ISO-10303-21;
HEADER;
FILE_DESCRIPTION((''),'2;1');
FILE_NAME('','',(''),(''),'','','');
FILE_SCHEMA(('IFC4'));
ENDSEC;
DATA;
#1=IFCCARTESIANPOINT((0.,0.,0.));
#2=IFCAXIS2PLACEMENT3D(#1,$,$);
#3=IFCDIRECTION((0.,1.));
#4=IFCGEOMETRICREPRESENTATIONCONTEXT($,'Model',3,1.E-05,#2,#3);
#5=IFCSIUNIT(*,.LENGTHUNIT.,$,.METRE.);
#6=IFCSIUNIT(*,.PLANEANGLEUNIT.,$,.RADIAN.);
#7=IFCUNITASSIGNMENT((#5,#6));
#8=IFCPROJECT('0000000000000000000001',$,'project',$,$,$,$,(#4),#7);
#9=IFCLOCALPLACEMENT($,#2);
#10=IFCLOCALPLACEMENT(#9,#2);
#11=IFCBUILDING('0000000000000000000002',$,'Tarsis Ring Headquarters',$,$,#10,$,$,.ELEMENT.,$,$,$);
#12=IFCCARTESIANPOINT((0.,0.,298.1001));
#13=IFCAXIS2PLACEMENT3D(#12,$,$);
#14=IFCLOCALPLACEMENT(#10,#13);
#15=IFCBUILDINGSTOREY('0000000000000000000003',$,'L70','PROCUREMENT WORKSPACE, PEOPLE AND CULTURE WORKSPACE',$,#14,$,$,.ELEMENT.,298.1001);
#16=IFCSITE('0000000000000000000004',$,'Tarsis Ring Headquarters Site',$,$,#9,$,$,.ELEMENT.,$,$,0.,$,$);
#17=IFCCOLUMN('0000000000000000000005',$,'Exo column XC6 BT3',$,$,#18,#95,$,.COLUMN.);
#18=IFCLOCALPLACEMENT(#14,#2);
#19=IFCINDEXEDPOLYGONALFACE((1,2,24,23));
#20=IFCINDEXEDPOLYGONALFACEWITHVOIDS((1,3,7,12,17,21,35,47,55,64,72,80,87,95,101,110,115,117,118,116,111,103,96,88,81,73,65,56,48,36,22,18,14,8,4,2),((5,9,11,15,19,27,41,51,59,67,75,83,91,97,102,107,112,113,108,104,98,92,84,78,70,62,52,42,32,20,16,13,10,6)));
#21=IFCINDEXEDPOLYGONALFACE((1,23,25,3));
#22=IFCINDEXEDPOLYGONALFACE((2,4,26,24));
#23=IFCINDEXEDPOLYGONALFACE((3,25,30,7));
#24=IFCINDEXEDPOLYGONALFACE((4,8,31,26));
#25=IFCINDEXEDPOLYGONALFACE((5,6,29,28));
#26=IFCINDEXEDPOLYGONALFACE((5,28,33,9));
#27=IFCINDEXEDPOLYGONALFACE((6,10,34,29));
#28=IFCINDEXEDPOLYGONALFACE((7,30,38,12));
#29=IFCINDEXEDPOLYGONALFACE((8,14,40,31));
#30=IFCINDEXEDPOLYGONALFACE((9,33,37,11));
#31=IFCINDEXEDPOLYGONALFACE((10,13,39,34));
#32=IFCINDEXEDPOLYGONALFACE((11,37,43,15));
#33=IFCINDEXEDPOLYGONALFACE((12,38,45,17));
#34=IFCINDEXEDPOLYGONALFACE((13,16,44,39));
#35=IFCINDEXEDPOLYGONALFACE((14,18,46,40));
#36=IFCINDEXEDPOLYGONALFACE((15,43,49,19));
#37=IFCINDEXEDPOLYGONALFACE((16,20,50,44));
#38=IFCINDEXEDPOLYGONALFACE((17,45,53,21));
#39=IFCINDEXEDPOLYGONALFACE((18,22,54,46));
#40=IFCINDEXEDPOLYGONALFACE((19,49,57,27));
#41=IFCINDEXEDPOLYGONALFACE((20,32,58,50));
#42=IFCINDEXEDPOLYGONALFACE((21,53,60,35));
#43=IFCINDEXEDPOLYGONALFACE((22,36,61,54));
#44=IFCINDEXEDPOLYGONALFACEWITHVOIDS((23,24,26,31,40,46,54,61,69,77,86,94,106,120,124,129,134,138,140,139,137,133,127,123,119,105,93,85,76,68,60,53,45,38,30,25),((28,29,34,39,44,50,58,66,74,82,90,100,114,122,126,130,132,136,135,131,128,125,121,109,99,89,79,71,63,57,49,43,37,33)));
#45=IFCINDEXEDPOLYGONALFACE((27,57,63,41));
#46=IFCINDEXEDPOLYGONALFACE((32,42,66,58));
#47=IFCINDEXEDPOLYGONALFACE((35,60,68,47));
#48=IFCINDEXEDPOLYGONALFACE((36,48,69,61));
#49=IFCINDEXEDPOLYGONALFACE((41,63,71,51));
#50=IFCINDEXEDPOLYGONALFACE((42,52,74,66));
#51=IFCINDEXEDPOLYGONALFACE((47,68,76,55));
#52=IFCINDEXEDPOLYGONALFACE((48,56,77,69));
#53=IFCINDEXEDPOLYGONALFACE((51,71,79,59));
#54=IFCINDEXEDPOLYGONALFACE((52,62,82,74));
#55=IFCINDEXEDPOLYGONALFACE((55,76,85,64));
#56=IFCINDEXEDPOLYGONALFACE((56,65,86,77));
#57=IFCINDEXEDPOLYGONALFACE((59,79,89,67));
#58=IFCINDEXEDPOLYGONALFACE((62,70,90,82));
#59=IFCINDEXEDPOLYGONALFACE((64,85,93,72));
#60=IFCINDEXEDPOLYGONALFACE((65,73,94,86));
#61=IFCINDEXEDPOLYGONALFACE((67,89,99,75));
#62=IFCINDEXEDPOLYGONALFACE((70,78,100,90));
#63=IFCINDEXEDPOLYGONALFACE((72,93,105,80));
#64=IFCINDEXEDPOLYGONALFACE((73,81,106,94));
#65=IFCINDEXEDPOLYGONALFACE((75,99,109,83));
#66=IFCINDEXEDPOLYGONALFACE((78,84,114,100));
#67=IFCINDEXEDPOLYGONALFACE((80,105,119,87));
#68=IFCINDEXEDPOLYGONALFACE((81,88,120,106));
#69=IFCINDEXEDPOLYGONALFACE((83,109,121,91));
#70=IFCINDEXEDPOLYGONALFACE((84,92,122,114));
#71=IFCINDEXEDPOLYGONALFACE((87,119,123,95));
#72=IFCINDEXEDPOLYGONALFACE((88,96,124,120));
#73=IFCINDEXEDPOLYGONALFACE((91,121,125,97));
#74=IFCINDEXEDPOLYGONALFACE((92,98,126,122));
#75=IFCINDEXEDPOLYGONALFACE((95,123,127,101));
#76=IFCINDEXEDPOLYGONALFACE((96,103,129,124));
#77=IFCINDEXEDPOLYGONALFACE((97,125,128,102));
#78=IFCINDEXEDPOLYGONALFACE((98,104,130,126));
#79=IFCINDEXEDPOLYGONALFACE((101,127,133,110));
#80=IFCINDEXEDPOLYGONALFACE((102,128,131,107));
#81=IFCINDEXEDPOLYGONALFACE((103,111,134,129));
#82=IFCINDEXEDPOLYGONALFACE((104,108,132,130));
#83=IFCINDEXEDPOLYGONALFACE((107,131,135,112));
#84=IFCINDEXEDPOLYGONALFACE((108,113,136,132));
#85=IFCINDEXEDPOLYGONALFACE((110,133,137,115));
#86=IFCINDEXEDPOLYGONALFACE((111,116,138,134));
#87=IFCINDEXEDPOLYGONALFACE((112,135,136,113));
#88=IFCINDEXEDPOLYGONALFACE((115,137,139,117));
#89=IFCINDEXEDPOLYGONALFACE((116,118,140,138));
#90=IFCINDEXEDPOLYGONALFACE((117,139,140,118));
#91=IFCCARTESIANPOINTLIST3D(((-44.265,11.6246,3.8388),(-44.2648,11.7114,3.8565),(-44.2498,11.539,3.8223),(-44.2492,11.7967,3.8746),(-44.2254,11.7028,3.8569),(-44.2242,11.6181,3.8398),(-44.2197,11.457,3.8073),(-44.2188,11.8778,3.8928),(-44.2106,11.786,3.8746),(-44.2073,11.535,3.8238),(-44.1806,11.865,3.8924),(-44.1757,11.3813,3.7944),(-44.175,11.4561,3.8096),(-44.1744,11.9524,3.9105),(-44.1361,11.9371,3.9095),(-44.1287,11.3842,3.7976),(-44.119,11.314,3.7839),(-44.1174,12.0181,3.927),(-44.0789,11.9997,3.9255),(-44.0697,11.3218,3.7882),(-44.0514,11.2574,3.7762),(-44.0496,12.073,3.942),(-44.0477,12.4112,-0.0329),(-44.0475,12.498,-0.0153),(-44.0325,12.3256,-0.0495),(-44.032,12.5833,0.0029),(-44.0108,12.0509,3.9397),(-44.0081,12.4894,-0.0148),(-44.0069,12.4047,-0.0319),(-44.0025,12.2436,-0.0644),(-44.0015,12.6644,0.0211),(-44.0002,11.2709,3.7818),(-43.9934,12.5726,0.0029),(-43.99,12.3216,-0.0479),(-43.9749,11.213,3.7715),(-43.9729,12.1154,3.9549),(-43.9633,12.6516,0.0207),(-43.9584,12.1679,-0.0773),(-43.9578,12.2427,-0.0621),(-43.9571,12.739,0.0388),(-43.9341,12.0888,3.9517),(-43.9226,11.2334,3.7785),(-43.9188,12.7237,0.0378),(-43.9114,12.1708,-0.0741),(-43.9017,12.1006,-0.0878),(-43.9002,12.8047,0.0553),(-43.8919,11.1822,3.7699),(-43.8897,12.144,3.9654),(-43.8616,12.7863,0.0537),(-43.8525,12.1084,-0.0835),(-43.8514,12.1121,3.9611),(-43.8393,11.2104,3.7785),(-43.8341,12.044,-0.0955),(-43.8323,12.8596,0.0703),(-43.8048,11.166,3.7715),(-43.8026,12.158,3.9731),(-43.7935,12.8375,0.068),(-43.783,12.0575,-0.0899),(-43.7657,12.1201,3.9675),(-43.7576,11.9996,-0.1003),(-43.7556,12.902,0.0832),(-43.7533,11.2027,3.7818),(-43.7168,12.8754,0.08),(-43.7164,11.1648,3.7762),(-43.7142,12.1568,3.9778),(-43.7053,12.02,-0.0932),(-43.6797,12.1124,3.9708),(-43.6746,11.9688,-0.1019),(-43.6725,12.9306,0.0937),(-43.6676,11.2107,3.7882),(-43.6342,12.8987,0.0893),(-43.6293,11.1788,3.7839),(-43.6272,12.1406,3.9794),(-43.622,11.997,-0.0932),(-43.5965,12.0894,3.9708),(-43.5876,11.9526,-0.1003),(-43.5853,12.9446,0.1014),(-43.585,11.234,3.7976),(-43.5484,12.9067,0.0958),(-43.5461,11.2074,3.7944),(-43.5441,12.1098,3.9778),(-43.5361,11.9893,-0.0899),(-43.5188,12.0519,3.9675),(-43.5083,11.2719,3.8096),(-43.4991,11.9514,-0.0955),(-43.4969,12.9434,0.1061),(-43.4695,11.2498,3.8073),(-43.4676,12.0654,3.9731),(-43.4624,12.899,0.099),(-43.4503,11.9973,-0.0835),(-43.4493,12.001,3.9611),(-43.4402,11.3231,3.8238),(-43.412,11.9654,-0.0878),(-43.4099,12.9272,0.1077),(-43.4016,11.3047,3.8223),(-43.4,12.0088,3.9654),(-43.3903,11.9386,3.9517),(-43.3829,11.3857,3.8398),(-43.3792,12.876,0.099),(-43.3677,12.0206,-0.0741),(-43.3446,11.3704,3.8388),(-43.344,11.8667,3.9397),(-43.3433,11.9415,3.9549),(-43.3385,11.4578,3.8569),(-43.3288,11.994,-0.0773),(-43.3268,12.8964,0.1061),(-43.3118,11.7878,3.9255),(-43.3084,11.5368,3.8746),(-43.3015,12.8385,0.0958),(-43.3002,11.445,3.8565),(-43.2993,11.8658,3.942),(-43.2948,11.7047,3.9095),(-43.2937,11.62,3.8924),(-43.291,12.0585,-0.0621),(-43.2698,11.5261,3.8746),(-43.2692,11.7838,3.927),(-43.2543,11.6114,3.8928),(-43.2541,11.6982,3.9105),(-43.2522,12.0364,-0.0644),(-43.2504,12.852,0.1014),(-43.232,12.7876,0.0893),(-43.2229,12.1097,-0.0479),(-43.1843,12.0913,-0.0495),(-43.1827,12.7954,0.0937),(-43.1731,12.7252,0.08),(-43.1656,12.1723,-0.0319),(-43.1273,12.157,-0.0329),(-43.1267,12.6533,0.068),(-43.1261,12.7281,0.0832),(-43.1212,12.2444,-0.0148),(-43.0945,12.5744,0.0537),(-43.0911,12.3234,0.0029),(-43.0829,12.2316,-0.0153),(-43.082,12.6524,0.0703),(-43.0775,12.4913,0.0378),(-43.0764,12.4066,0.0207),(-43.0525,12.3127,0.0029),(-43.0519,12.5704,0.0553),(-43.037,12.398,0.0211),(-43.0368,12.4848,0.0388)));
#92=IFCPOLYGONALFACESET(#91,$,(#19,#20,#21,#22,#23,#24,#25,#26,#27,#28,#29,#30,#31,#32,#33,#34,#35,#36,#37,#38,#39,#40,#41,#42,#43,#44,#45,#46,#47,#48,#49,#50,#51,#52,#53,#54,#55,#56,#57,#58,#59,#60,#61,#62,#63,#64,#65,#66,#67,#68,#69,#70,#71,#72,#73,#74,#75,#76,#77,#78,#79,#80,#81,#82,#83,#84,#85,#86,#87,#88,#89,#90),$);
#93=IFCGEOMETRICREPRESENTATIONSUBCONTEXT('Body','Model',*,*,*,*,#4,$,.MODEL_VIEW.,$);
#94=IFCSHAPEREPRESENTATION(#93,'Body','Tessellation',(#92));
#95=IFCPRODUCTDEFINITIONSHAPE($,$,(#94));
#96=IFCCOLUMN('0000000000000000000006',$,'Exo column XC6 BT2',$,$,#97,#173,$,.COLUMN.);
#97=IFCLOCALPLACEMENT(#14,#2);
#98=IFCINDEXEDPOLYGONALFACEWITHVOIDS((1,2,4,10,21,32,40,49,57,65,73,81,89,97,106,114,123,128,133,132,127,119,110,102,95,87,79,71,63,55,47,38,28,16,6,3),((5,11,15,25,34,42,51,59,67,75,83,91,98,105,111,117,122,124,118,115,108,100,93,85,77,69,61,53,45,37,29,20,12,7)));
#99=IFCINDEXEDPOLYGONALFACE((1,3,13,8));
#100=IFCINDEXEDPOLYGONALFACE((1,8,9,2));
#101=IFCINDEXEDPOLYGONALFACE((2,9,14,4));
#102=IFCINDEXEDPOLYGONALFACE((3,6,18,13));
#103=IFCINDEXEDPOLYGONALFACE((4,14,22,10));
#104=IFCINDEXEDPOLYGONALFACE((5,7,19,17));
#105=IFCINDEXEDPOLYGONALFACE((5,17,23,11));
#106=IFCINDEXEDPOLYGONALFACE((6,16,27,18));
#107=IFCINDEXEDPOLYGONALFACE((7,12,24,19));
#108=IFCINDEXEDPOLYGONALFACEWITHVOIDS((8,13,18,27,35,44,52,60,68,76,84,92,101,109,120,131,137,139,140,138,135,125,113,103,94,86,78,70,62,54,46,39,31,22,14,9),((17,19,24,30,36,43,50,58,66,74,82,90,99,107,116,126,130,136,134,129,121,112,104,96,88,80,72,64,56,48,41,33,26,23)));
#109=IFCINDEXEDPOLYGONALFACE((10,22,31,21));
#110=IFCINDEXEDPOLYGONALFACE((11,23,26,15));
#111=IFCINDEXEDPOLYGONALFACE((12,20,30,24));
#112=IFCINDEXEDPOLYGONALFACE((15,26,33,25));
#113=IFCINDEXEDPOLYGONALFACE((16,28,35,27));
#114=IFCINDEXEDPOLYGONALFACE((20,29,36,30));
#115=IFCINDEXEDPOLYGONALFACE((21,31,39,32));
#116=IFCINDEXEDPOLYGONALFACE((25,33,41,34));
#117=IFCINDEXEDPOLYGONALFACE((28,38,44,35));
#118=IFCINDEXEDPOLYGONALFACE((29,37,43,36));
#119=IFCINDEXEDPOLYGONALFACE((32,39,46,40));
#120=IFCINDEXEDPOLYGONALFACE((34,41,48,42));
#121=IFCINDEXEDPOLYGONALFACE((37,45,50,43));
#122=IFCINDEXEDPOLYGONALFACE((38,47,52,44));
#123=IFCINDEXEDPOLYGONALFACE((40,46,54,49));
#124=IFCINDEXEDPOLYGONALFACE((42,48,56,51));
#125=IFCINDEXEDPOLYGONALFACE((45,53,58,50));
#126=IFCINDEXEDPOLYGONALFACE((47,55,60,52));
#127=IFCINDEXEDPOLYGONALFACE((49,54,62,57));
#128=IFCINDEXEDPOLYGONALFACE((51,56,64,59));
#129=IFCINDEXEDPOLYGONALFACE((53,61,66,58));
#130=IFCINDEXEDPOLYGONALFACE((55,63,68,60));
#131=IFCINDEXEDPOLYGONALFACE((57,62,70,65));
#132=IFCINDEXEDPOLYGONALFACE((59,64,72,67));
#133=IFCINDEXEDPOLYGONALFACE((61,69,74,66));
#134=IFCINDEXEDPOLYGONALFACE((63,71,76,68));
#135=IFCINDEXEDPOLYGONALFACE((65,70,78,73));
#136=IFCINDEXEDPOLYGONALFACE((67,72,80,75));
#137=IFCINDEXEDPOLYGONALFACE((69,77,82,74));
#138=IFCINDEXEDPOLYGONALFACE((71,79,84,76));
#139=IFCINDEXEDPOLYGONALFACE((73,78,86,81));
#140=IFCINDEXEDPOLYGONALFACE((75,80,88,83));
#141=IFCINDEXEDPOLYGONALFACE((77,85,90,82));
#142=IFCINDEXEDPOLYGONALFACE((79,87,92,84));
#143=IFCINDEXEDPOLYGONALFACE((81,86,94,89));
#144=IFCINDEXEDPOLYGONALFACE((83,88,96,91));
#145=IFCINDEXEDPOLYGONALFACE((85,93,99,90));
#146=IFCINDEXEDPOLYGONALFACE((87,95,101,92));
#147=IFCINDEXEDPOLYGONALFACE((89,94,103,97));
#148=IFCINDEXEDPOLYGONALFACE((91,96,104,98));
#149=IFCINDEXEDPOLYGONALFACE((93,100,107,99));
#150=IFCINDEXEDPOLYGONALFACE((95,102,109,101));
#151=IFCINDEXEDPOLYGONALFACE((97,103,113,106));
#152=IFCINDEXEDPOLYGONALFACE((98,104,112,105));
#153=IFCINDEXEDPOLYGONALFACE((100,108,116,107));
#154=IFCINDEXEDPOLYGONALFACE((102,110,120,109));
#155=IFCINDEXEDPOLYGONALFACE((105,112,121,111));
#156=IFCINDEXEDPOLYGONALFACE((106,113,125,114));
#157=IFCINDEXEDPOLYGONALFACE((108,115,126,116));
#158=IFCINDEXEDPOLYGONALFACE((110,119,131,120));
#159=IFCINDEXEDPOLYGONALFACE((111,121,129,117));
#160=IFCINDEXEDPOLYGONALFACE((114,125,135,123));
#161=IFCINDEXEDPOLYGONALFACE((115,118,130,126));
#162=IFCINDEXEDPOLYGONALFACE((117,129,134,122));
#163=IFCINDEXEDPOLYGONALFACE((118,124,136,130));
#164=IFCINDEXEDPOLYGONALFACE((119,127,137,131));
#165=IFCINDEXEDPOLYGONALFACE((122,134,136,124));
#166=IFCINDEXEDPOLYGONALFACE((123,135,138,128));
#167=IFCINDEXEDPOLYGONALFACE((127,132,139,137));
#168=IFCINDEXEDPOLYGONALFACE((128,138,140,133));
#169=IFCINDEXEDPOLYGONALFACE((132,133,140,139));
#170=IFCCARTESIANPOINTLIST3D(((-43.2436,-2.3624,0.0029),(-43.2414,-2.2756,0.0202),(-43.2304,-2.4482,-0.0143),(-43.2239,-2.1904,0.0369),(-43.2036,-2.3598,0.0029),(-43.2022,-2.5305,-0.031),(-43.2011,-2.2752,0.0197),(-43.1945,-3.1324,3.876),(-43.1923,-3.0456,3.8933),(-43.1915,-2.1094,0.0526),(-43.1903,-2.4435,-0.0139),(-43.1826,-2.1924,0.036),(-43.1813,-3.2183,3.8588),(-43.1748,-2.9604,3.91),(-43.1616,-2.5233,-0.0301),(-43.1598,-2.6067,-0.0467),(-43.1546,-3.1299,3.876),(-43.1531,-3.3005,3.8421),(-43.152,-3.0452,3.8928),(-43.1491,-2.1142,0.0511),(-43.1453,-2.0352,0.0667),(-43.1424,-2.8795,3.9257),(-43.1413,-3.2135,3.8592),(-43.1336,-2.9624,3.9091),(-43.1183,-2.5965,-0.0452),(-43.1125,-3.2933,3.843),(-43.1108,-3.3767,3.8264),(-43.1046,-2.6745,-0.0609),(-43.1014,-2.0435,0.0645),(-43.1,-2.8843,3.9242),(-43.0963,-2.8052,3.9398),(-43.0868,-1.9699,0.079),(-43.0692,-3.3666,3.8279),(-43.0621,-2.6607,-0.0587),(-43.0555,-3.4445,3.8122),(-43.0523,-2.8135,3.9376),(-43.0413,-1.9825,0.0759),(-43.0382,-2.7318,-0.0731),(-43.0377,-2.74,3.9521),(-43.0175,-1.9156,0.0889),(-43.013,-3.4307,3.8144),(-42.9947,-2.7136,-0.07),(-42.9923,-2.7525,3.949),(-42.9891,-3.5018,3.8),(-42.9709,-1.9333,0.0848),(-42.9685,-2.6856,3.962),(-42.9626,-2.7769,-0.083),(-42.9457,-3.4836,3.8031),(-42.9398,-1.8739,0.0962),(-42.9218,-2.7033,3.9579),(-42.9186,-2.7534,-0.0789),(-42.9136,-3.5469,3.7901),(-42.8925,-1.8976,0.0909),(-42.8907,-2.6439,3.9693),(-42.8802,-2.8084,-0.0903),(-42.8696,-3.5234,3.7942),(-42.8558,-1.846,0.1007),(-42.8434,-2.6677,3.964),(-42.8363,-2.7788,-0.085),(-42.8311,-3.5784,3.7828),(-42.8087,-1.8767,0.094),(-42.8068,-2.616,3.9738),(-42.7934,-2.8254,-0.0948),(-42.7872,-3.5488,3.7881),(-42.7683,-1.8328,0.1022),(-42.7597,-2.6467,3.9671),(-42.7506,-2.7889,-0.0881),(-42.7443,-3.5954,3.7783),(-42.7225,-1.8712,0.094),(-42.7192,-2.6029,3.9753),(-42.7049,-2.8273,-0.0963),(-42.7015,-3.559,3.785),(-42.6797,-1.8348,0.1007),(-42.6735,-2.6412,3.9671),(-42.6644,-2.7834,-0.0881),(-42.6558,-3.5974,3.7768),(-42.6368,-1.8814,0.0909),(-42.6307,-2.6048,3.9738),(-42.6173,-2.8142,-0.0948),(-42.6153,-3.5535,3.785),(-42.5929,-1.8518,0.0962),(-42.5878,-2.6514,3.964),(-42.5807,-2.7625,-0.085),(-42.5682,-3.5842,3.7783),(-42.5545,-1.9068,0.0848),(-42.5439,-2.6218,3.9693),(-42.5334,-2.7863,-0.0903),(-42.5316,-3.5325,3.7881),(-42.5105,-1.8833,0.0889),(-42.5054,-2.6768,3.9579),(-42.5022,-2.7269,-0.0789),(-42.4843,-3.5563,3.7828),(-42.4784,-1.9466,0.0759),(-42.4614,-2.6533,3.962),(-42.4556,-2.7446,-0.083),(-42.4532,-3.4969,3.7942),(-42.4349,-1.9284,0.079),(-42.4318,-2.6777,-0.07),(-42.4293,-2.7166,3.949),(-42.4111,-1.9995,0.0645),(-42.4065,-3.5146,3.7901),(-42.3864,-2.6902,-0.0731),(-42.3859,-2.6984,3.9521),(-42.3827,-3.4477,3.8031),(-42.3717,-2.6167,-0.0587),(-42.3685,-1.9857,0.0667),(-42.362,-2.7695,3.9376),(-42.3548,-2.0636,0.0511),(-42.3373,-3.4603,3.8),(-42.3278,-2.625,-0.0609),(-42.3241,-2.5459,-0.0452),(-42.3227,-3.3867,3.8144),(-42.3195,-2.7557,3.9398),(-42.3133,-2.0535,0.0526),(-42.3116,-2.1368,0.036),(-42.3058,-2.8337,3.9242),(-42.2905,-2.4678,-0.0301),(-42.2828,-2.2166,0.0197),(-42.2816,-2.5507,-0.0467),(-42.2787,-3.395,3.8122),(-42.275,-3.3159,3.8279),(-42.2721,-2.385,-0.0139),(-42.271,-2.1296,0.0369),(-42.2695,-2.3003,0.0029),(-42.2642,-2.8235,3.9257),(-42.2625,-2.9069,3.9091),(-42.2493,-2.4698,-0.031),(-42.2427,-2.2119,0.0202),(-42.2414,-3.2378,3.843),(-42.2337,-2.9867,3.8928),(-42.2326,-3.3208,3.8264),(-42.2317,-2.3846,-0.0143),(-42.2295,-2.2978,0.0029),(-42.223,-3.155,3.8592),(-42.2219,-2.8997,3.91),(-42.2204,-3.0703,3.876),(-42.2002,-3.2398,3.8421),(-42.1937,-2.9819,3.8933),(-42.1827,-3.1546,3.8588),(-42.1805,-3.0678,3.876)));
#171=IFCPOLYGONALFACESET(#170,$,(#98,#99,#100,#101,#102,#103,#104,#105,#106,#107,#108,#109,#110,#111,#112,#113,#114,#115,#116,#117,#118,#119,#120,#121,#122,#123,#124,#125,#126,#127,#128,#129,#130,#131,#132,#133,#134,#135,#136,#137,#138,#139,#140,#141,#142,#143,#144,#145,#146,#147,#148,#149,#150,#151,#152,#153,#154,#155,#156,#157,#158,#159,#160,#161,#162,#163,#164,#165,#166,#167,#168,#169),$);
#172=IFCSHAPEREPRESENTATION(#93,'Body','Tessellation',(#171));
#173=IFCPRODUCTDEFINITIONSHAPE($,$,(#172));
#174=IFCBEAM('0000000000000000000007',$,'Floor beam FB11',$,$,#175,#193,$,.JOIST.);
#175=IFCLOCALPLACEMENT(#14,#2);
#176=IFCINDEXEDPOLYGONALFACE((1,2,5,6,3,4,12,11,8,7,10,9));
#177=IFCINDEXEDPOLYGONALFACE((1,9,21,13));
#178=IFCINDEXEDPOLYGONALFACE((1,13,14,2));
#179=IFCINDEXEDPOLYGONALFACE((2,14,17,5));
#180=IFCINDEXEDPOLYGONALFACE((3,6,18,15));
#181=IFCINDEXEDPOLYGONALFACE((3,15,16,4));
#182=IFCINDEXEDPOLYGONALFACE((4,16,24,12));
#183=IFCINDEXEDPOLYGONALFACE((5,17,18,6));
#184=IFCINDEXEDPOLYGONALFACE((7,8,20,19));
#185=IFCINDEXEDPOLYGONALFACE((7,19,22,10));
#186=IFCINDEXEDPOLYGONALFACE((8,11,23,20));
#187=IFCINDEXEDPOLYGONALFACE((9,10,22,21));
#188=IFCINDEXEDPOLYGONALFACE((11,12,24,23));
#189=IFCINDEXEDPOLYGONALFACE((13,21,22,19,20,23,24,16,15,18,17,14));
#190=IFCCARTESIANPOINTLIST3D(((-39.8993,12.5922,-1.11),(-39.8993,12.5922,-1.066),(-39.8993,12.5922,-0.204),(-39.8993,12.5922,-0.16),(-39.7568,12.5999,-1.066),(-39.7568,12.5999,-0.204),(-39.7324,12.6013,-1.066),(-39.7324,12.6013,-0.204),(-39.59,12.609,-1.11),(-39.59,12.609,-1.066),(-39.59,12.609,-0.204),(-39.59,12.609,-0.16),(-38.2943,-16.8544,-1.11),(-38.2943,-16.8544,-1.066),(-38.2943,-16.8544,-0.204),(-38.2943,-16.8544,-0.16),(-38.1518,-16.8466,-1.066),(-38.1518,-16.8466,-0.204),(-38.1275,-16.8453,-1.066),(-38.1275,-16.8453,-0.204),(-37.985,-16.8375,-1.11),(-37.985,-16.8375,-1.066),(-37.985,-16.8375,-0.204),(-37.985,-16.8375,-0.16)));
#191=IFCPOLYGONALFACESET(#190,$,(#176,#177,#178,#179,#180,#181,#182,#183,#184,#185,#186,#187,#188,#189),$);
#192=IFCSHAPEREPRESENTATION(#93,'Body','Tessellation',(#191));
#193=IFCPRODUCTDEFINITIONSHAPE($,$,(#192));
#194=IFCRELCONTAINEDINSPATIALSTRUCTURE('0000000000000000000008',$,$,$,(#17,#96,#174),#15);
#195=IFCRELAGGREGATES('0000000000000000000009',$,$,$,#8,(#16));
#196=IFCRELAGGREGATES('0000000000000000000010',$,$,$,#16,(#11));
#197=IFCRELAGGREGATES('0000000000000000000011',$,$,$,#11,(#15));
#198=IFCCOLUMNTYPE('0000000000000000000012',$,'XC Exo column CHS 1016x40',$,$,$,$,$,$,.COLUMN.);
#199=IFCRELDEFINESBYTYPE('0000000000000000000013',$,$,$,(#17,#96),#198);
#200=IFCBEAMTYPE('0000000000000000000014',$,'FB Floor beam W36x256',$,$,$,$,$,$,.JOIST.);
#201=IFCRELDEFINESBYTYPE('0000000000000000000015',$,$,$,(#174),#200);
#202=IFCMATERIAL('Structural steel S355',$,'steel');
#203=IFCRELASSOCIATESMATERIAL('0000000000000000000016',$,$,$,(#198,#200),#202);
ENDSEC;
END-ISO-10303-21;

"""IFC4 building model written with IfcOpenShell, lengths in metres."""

from ifc_helpers import new_model, si_unit, direction, frame, origin, origin_2d, place, context, subcontext, project, spatial, hollow_circle, i_section, extrude, material, material_profile, profile_set, type_object, element, save


model = new_model("IFC4")

# Units and contexts
model_context = context("Model", 3, precision=1e-05, world=origin(), true_north=direction((0.0, 1.0)))
body_context = subcontext(model_context, "Body", "Model", "MODEL_VIEW")
ifc_project = project(units=[si_unit("LENGTHUNIT", "METRE"), si_unit("PLANEANGLEUNIT", "RADIAN")], contexts=[model_context])

# Site, building, storey
site_placement = place(None, origin())
site = spatial("IfcSite", under=ifc_project, at=site_placement, Name="Tarsis Ring Headquarters Site", CompositionType="ELEMENT", RefElevation=0.0)
building_placement = place(site_placement, origin())
building = spatial("IfcBuilding", under=site, at=building_placement, Name="Tarsis Ring Headquarters", CompositionType="ELEMENT")
storey_placement = place(building_placement, frame((0.0, 0.0, 298.1001)))
storey = spatial("IfcBuildingStorey", under=building, at=storey_placement, Name="L70", Description="PROCUREMENT WORKSPACE, PEOPLE AND CULTURE WORKSPACE", CompositionType="ELEMENT", Elevation=298.1001)

# Columns
ifc_material_1 = material(Name="Structural steel S355", Category="steel")
ifc_material_profile_1 = material_profile(ifc_material_1, hollow_circle(Radius=0.5081, WallThickness=0.04, at=origin_2d()), Name="CHS 1016x40")
ifc_profile_set_1 = profile_set([ifc_material_profile_1], Name="Structural steel S355")
column_type = type_object("IfcColumnType", Name="XC Exo column CHS 1016x40", PredefinedType="COLUMN", material=ifc_profile_set_1)
column_1_placement = place(storey_placement, frame((-43.5422, 12.448, 0.0029), z_axis=(-0.054913, -0.198798, 0.978501), x_axis=(0.963903, -0.266255, 0.0)))
element("IfcColumn", 1, at=column_1_placement, inside=storey, type_object=column_type, Name="Exo column XC6 BT3", PredefinedType="COLUMN", context=body_context, shape_type="SweptSolid", body=[
    extrude(hollow_circle(Radius=0.5081, WallThickness=0.04, at=origin_2d()), origin(), (0.0, 0.0, 1.0), 3.9568),
])
column_2_placement = place(storey_placement, frame((-42.7366, -2.3301, 0.0029), z_axis=(0.012426, -0.194983, 0.980728), x_axis=(0.997975, 0.0636, 0.0)))
element("IfcColumn", 2, at=column_2_placement, inside=storey, type_object=column_type, Name="Exo column XC6 BT2", PredefinedType="COLUMN", context=body_context, shape_type="SweptSolid", body=[
    extrude(hollow_circle(Radius=0.5081, WallThickness=0.04, at=origin_2d()), origin(), (0.0, 0.0, 1.0), 3.9492),
])

# Beam
ifc_material_profile_2 = material_profile(ifc_material_1, i_section(OverallWidth=0.3098, OverallDepth=0.95, WebThickness=0.0244, FlangeThickness=0.0439, at=origin_2d()), Name="W36x256")
ifc_profile_set_2 = profile_set([ifc_material_profile_2], Name="Structural steel S355")
beam_type_1 = type_object("IfcBeamType", Name="FB Floor beam W36x256", PredefinedType="JOIST", material=ifc_profile_set_2)
beam_placement = place(storey_placement, frame((-39.7446, 12.6006, -0.635), z_axis=(0.054424, -0.998518, 0.0), x_axis=(0.998518, 0.054424, 0.0)))
element("IfcBeam", 3, at=beam_placement, inside=storey, type_object=beam_type_1, Name="Floor beam FB11", PredefinedType="JOIST", context=body_context, shape_type="SweptSolid", body=[
    extrude(i_section(OverallWidth=0.3098, OverallDepth=0.95, WebThickness=0.0244, FlangeThickness=0.0439, at=origin_2d()), origin(), (0.0, 0.0, 1.0), 29.4902),
])

save(model, "model.ifc")
